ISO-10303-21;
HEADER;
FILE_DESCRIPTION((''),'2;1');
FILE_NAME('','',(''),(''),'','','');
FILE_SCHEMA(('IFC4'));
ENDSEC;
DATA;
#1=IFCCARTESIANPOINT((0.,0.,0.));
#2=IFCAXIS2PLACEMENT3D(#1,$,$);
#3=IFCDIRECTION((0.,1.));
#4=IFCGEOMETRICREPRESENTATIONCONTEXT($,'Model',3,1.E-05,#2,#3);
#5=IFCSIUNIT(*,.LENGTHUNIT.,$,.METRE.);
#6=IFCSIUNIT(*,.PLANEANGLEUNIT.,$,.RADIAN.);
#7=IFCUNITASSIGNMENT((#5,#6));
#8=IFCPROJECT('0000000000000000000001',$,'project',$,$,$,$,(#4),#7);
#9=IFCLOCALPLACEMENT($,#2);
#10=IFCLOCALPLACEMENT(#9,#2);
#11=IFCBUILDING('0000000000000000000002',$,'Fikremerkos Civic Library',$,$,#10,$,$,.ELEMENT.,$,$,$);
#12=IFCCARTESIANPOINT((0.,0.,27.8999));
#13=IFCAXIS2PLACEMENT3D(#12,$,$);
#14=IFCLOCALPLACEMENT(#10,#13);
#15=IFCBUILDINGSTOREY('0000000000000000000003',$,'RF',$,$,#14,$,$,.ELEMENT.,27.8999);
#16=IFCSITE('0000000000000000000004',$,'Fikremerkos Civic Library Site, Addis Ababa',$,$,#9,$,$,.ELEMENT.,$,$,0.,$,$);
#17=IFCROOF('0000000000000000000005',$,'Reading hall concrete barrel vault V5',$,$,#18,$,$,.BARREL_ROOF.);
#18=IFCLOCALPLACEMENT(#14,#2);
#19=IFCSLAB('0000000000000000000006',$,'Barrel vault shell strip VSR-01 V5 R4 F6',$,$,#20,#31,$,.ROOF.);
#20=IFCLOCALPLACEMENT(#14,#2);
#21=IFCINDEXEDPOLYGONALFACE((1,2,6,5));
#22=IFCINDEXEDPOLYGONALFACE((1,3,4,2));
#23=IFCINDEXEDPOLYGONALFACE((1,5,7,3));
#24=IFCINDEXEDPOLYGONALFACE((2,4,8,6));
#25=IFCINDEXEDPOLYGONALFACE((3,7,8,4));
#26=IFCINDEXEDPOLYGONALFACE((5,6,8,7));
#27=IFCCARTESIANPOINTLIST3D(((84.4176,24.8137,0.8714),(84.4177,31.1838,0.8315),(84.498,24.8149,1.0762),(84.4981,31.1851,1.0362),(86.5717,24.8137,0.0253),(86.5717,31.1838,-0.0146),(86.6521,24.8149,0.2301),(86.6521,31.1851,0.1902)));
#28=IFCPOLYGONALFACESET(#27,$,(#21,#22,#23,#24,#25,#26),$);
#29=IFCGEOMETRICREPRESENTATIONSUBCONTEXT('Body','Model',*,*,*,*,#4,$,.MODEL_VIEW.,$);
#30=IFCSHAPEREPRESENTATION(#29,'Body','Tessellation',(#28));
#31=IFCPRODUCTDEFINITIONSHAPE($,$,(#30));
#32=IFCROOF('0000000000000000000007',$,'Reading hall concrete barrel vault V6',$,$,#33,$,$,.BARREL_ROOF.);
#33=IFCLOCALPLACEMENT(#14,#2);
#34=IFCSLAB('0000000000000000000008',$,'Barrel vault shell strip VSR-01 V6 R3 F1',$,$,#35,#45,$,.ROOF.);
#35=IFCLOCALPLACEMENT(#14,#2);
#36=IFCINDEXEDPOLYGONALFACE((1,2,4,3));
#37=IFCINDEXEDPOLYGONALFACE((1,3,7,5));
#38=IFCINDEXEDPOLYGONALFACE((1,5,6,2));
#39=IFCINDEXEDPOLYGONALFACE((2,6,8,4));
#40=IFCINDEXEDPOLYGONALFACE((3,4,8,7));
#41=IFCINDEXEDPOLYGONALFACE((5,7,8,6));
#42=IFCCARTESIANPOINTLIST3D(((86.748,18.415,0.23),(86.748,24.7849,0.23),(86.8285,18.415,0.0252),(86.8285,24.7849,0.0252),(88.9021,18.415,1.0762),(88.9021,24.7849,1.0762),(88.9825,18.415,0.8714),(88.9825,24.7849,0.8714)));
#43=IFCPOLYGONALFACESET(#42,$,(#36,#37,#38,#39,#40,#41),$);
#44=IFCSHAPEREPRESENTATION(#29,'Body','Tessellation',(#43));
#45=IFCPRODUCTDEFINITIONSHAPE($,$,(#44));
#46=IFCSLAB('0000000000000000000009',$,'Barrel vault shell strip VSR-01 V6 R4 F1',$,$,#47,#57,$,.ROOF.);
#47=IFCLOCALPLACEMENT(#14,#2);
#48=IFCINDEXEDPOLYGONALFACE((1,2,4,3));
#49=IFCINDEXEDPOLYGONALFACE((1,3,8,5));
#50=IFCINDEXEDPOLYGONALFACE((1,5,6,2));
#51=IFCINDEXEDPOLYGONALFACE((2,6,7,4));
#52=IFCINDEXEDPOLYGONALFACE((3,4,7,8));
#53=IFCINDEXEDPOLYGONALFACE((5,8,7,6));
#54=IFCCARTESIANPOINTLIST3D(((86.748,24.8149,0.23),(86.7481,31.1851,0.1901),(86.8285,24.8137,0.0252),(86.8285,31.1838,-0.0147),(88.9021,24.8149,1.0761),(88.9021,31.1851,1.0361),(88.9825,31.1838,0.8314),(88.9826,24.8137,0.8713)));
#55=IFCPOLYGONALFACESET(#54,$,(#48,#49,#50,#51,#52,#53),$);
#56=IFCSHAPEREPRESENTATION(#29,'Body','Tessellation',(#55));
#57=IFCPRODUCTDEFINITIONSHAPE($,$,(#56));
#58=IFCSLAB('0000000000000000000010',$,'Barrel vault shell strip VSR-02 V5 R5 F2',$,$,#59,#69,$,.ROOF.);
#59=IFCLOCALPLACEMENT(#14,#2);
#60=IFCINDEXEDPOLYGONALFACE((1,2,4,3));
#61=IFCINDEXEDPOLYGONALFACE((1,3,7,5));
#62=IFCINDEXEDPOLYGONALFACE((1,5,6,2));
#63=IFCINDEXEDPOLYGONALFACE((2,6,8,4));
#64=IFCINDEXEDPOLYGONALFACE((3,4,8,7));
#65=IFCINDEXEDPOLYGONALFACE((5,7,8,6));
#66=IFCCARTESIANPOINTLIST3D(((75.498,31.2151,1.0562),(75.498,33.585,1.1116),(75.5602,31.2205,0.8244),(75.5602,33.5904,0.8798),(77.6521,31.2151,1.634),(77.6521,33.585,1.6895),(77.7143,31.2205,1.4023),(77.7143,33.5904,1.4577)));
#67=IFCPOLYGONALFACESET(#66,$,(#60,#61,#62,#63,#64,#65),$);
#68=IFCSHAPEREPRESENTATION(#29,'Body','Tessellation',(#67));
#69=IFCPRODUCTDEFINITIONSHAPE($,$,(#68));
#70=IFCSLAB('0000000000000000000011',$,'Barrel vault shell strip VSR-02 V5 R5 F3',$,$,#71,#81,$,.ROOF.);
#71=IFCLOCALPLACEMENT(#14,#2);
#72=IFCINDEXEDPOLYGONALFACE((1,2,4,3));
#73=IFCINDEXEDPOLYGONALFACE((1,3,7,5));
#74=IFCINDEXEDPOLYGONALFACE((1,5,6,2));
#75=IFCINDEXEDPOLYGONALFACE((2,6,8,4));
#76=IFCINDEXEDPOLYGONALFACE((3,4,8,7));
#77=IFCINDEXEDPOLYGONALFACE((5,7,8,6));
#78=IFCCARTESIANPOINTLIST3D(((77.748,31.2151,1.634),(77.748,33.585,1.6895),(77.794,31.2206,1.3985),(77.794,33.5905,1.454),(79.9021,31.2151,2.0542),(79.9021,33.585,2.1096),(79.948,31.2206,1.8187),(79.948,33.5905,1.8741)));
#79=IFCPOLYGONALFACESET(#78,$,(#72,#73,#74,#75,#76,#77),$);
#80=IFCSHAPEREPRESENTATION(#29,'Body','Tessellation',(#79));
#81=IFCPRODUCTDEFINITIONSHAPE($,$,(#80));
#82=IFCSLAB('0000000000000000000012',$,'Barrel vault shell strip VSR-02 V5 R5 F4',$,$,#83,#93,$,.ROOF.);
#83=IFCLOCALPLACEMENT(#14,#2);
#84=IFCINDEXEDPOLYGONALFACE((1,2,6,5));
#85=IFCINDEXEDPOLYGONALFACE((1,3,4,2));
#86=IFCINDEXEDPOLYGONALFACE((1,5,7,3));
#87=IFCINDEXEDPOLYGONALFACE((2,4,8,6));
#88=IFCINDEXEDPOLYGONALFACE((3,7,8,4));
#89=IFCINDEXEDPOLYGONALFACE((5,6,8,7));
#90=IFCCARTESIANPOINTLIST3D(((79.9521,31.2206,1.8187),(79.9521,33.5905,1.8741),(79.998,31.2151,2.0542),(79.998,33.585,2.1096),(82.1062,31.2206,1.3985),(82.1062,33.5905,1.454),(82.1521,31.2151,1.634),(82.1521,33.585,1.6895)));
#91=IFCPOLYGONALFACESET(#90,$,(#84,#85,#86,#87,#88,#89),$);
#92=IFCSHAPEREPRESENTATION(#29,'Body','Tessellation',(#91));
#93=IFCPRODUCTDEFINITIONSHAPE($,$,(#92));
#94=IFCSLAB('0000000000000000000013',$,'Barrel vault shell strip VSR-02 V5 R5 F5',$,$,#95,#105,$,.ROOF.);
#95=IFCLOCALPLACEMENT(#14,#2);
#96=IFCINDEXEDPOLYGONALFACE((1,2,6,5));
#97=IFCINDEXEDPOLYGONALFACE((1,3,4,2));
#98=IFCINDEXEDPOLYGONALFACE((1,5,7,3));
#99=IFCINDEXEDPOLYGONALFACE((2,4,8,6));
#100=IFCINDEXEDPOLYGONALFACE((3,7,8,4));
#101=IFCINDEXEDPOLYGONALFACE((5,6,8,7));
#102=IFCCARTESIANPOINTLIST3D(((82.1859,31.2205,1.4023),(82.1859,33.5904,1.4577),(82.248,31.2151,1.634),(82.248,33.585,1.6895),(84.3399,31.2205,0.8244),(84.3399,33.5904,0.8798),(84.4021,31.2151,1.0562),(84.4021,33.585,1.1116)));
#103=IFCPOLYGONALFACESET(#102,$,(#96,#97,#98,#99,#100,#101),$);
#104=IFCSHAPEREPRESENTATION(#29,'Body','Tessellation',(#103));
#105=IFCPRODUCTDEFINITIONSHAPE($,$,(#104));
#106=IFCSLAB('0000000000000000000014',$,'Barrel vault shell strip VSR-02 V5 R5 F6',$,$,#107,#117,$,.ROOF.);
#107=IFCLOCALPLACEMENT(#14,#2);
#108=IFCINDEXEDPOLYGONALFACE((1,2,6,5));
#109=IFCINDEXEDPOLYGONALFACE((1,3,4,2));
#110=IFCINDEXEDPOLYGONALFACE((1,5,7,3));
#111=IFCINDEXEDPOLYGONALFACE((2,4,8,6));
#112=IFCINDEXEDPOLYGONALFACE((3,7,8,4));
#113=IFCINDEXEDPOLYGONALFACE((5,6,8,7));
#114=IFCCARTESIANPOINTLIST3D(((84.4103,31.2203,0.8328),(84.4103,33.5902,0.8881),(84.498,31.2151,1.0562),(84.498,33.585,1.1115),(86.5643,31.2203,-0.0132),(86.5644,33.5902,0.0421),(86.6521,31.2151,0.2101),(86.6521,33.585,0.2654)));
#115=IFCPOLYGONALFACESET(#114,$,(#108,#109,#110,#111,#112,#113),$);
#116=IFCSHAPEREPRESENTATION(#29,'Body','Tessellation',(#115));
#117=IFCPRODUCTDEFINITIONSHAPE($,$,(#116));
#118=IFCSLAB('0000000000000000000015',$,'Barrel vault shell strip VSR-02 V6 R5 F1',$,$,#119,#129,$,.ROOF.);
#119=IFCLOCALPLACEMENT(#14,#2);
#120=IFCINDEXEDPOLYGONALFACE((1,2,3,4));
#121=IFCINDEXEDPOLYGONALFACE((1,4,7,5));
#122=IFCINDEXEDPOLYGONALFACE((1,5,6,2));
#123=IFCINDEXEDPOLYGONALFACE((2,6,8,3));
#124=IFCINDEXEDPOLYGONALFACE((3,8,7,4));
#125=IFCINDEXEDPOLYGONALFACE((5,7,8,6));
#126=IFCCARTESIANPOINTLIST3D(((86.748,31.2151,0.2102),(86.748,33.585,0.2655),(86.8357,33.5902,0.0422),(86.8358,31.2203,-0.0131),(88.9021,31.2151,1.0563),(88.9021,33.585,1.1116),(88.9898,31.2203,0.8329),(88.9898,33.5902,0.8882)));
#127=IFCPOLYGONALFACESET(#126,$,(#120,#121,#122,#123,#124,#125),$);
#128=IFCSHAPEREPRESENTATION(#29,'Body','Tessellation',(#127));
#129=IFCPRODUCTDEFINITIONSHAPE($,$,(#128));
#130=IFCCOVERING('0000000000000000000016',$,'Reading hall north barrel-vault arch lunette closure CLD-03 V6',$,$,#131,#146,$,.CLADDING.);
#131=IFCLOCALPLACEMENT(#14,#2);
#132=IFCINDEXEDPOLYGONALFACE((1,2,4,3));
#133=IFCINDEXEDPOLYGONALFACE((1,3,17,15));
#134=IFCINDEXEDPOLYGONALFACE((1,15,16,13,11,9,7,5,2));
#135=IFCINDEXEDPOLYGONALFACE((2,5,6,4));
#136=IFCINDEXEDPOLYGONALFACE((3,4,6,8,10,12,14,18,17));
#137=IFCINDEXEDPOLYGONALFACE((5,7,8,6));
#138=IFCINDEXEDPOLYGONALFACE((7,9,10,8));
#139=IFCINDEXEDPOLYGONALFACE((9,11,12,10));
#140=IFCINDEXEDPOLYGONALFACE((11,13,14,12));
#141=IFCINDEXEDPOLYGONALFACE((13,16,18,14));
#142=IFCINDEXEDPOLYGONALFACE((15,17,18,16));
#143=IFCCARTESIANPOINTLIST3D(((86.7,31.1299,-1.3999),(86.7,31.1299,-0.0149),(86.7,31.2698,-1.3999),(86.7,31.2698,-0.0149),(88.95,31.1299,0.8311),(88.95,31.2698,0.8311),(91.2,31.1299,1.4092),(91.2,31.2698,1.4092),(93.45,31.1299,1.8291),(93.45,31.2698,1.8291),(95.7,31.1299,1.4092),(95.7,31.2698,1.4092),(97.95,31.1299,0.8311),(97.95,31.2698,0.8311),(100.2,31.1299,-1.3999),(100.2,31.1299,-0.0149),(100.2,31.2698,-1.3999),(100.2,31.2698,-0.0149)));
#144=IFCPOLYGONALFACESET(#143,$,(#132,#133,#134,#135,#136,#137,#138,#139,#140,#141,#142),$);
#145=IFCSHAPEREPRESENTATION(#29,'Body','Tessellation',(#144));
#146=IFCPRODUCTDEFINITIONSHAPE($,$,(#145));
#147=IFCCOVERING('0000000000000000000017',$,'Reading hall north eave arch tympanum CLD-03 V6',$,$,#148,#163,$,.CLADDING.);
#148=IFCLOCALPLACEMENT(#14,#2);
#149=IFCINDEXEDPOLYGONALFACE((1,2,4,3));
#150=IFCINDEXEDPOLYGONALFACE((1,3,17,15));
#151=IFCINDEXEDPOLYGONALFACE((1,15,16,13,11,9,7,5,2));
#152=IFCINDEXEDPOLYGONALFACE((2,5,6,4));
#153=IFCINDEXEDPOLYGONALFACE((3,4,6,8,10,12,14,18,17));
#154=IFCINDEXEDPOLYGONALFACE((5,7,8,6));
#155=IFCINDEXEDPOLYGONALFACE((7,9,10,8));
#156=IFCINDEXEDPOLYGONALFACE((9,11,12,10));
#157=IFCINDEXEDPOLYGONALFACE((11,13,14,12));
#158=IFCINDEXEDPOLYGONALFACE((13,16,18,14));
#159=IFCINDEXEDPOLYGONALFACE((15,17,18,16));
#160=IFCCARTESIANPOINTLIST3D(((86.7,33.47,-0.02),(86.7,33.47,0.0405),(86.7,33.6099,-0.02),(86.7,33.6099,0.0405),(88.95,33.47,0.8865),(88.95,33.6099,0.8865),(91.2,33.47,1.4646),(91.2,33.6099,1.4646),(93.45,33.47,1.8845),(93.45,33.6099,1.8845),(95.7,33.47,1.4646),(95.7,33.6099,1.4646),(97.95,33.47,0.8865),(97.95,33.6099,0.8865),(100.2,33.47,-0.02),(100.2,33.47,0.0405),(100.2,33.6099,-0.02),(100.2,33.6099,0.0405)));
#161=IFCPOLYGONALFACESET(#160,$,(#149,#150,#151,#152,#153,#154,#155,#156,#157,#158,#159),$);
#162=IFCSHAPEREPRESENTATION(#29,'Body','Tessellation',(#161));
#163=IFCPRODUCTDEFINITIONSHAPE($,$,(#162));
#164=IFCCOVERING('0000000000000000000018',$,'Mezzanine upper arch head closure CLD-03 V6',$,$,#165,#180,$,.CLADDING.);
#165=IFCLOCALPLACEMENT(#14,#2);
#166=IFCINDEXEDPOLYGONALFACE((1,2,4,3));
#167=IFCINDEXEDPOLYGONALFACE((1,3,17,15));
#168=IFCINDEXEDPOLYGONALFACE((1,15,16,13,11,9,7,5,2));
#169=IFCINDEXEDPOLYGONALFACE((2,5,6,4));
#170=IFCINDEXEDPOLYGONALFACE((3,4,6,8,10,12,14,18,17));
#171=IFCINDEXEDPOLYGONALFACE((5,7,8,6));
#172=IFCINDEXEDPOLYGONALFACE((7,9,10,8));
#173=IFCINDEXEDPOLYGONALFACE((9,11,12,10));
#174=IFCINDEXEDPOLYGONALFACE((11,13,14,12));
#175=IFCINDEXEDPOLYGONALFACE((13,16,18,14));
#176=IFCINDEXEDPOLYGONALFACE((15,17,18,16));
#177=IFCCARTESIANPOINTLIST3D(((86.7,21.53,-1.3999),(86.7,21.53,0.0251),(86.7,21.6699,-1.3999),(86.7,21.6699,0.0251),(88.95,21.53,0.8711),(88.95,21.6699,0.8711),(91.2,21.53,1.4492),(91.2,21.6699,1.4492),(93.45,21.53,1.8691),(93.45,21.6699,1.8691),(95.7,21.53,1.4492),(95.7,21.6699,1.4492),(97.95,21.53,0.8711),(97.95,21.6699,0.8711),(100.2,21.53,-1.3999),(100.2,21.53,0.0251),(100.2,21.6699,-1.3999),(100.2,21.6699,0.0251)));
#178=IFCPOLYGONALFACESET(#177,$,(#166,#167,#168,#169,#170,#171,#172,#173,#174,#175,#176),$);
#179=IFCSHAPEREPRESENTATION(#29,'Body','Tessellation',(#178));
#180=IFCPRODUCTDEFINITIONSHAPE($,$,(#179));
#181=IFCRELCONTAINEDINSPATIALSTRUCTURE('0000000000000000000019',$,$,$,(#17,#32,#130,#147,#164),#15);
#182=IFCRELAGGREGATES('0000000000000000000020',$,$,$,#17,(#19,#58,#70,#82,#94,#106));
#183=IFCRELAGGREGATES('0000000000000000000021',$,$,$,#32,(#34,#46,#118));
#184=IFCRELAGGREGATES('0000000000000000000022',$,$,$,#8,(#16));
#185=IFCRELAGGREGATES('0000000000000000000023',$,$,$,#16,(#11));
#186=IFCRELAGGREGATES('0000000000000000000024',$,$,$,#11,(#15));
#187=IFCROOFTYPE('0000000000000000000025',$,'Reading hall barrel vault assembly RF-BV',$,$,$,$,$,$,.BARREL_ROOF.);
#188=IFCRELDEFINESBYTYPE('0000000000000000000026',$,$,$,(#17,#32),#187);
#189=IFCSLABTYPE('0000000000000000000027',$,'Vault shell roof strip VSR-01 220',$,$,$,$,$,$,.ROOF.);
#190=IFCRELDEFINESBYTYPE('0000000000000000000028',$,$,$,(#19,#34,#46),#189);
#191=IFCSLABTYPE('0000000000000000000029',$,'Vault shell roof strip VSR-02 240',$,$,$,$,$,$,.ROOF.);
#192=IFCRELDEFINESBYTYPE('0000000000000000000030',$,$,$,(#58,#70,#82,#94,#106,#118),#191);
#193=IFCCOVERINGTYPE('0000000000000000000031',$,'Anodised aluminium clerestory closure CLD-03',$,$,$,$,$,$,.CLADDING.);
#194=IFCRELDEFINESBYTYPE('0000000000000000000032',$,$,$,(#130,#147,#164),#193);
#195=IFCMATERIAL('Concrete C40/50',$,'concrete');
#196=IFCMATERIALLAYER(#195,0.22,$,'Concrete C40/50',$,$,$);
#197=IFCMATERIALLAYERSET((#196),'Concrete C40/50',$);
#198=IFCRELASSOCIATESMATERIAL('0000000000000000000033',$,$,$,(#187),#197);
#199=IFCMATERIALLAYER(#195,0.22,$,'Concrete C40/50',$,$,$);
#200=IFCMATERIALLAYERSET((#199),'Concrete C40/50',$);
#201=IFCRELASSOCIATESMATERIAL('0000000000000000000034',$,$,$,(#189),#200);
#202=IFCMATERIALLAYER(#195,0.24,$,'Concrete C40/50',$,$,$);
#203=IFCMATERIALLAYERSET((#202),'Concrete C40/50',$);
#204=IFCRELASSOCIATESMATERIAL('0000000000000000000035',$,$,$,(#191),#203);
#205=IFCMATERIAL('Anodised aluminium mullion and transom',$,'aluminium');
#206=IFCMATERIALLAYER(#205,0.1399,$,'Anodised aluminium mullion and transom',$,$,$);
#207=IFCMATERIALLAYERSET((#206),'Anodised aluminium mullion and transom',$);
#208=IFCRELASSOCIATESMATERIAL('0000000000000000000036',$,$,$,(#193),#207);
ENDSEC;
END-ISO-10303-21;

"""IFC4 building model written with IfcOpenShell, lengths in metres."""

from ifc_helpers import new_model, si_unit, direction, frame, origin, place, context, subcontext, project, spatial, polyline, outline, extrude, material, layer, layer_set, type_object, element, aggregate, save


model = new_model("IFC4")

# Units and contexts
model_context = context("Model", 3, precision=1e-05, world=origin(), true_north=direction((0.0, 1.0)))
body_context = subcontext(model_context, "Body", "Model", "MODEL_VIEW")
ifc_project = project(units=[si_unit("LENGTHUNIT", "METRE"), si_unit("PLANEANGLEUNIT", "RADIAN")], contexts=[model_context])

# Site, building, storey
site_placement = place(None, origin())
site = spatial("IfcSite", under=ifc_project, at=site_placement, Name="Fikremerkos Civic Library Site, Addis Ababa", CompositionType="ELEMENT", RefElevation=0.0)
building_placement = place(site_placement, origin())
building = spatial("IfcBuilding", under=site, at=building_placement, Name="Fikremerkos Civic Library", CompositionType="ELEMENT")
storey_placement = place(building_placement, frame((0.0, 0.0, 27.8999)))
storey = spatial("IfcBuildingStorey", under=building, at=storey_placement, Name="RF", CompositionType="ELEMENT", Elevation=27.8999)

# Roofs, slabs
ifc_material_1 = material(Name="Concrete C40/50", Category="concrete")
ifc_layer_1 = layer(ifc_material_1, 0.22, Name="Concrete C40/50")
ifc_layer_set_1 = layer_set([ifc_layer_1], Name="Concrete C40/50")
roof_type = type_object("IfcRoofType", Name="Reading hall barrel vault assembly RF-BV", PredefinedType="BARREL_ROOF", material=ifc_layer_set_1)
roof_1_placement = place(storey_placement, origin())
roof_1 = element("IfcRoof", 1, at=roof_1_placement, inside=storey, type_object=roof_type, Name="Reading hall concrete barrel vault V5", PredefinedType="BARREL_ROOF")
ifc_layer_2 = layer(ifc_material_1, 0.22, Name="Concrete C40/50")
ifc_layer_set_2 = layer_set([ifc_layer_2], Name="Concrete C40/50")
slab_type_1 = type_object("IfcSlabType", Name="Vault shell roof strip VSR-01 220", PredefinedType="ROOF", material=ifc_layer_set_2)
slab_1_placement = place(storey_placement, frame((84.498, 24.8149, 1.0762), z_axis=(0.365584, 0.005832, 0.93076), x_axis=(0.930776, 0.0, -0.36559)))
slab_1 = element("IfcSlab", 2, at=slab_1_placement, type_object=slab_type_1, Name="Barrel vault shell strip VSR-01 V5 R4 F6", PredefinedType="ROOF", context=body_context, shape_type="SweptSolid", body=[
    extrude(outline(polyline([(0.0, 0.0), (2.3143, 0.0), (2.3289, 6.3702), (0.0146, 6.3702), (0.0, 0.0)])), origin(), (0.0, 0.0, -1.0), 0.22),
])
roof_2_placement = place(storey_placement, origin())
roof_2 = element("IfcRoof", 3, at=roof_2_placement, inside=storey, type_object=roof_type, Name="Reading hall concrete barrel vault V6", PredefinedType="BARREL_ROOF")
slab_2_placement = place(storey_placement, frame((86.748, 18.415, 0.23), z_axis=(-0.365636, 0.0, 0.930758), x_axis=(0.930758, 0.0, 0.365636)))
slab_2 = element("IfcSlab", 4, at=slab_2_placement, type_object=slab_type_1, Name="Barrel vault shell strip VSR-01 V6 R3 F1", PredefinedType="ROOF", context=body_context, shape_type="SweptSolid", body=[
    extrude(outline(polyline([(0.0, 0.0), (2.3143, 0.0), (2.3143, 6.3699), (0.0, 6.3699), (0.0, 0.0)])), origin(), (0.0, 0.0, -1.0), 0.22),
])
slab_3_placement = place(storey_placement, frame((86.748, 24.8149, 0.23), z_axis=(-0.365584, 0.005832, 0.93076), x_axis=(0.930776, 0.0, 0.36559)))
slab_3 = element("IfcSlab", 5, at=slab_3_placement, type_object=slab_type_1, Name="Barrel vault shell strip VSR-01 V6 R4 F1", PredefinedType="ROOF", context=body_context, shape_type="SweptSolid", body=[
    extrude(outline(polyline([(0.0, 0.0), (2.3143, 0.0), (2.2997, 6.3702), (-0.0146, 6.3702), (0.0, 0.0)])), origin(), (0.0, 0.0, -1.0), 0.22),
])

# Slabs
ifc_layer_3 = layer(ifc_material_1, 0.24, Name="Concrete C40/50")
ifc_layer_set_3 = layer_set([ifc_layer_3], Name="Concrete C40/50")
slab_type_2 = type_object("IfcSlabType", Name="Vault shell roof strip VSR-02 240", PredefinedType="ROOF", material=ifc_layer_set_3)
slab_4_placement = place(storey_placement, frame((75.498, 31.2151, 1.0562), z_axis=(-0.259048, -0.022581, 0.965601), x_axis=(0.965847, 0.0, 0.259114)))
slab_4 = element("IfcSlab", 6, at=slab_4_placement, type_object=slab_type_2, Name="Barrel vault shell strip VSR-02 V5 R5 F2", PredefinedType="ROOF", context=body_context, shape_type="SweptSolid", body=[
    extrude(outline(polyline([(0.0, 0.0), (2.2302, 0.0), (2.2446, 2.3705), (0.0144, 2.3705), (0.0, 0.0)])), origin(), (0.0, 0.0, -1.0), 0.24),
])
slab_5_placement = place(storey_placement, frame((77.748, 31.2151, 1.634), z_axis=(-0.1914, -0.022947, 0.981244), x_axis=(0.981502, 0.0, 0.19145)))
slab_5 = element("IfcSlab", 7, at=slab_5_placement, type_object=slab_type_2, Name="Barrel vault shell strip VSR-02 V5 R5 F3", PredefinedType="ROOF", context=body_context, shape_type="SweptSolid", body=[
    extrude(outline(polyline([(0.0, 0.0), (2.1946, 0.0), (2.2053, 2.3705), (0.0106, 2.3705), (0.0, 0.0)])), origin(), (0.0, 0.0, -1.0), 0.24),
])
slab_6_placement = place(storey_placement, frame((79.998, 31.2151, 2.0542), z_axis=(0.1914, -0.022947, 0.981244), x_axis=(0.981502, 0.0, -0.19145)))
slab_6 = element("IfcSlab", 8, at=slab_6_placement, type_object=slab_type_2, Name="Barrel vault shell strip VSR-02 V5 R5 F4", PredefinedType="ROOF", context=body_context, shape_type="SweptSolid", body=[
    extrude(outline(polyline([(0.0, 0.0), (2.1946, 0.0), (2.184, 2.3705), (-0.0106, 2.3705), (0.0, 0.0)])), origin(), (0.0, 0.0, -1.0), 0.24),
])
slab_7_placement = place(storey_placement, frame((82.248, 31.2151, 1.634), z_axis=(0.259048, -0.022581, 0.965601), x_axis=(0.965847, 0.0, -0.259114)))
slab_7 = element("IfcSlab", 9, at=slab_7_placement, type_object=slab_type_2, Name="Barrel vault shell strip VSR-02 V5 R5 F5", PredefinedType="ROOF", context=body_context, shape_type="SweptSolid", body=[
    extrude(outline(polyline([(0.0, 0.0), (2.2302, 0.0), (2.2159, 2.3705), (-0.0144, 2.3705), (0.0, 0.0)])), origin(), (0.0, 0.0, -1.0), 0.24),
])
slab_8_placement = place(storey_placement, frame((84.498, 31.2151, 1.0562), z_axis=(0.365504, -0.021713, 0.930556), x_axis=(0.930776, 0.000001, -0.36559)))
slab_8 = element("IfcSlab", 10, at=slab_8_placement, type_object=slab_type_2, Name="Barrel vault shell strip VSR-02 V5 R5 F6", PredefinedType="ROOF", context=body_context, shape_type="SweptSolid", body=[
    extrude(outline(polyline([(0.0, 0.0), (2.3142, 0.0), (2.294, 2.3704), (-0.0203, 2.3704), (0.0, 0.0)])), origin(), (0.0, 0.0, -1.0), 0.24),
])
aggregate(roof_1, [slab_1, slab_4, slab_5, slab_6, slab_7, slab_8])
slab_9_placement = place(storey_placement, frame((86.748, 31.2151, 0.2102), z_axis=(-0.365504, -0.021713, 0.930556), x_axis=(0.930776, -0.000001, 0.36559)))
slab_9 = element("IfcSlab", 11, at=slab_9_placement, type_object=slab_type_2, Name="Barrel vault shell strip VSR-02 V6 R5 F1", PredefinedType="ROOF", context=body_context, shape_type="SweptSolid", body=[
    extrude(outline(polyline([(0.0, 0.0), (2.3142, 0.0), (2.3345, 2.3704), (0.0202, 2.3704), (0.0, 0.0)])), origin(), (0.0, 0.0, -1.0), 0.24),
])
aggregate(roof_2, [slab_2, slab_3, slab_9])

# Coverings
ifc_material_2 = material(Name="Anodised aluminium mullion and transom", Category="aluminium")
ifc_layer_4 = layer(ifc_material_2, 0.1399, Name="Anodised aluminium mullion and transom")
ifc_layer_set_4 = layer_set([ifc_layer_4], Name="Anodised aluminium mullion and transom")
covering_type = type_object("IfcCoveringType", Name="Anodised aluminium clerestory closure CLD-03", PredefinedType="CLADDING", material=ifc_layer_set_4)
covering_1_placement = place(storey_placement, frame((86.7, 31.2, -1.3999), z_axis=(0.0, 0.0, 1.0), x_axis=(1.0, 0.0, 0.0)))
element("IfcCovering", 12, at=covering_1_placement, inside=storey, type_object=covering_type, Name="Reading hall north barrel-vault arch lunette closure CLD-03 V6", PredefinedType="CLADDING", context=body_context, shape_type="SweptSolid", body=[
    extrude(outline(polyline([(0.0, 0.0), (13.5, 0.0), (13.5, 1.385), (11.25, 2.231), (9.0, 2.8091), (6.75, 3.229), (4.5, 2.8091), (2.25, 2.231), (0.0, 1.385), (0.0, 0.0)])), frame((0.0, 0.0698, 0.0), z_axis=(0.0, -1.0, 0.0), x_axis=(1.0, 0.0, 0.0)), (0.0, 0.0, 1.0), 0.1399),
])
covering_2_placement = place(storey_placement, frame((86.7, 33.54, -0.02), z_axis=(0.0, 0.0, 1.0), x_axis=(1.0, 0.0, 0.0)))
element("IfcCovering", 13, at=covering_2_placement, inside=storey, type_object=covering_type, Name="Reading hall north eave arch tympanum CLD-03 V6", PredefinedType="CLADDING", context=body_context, shape_type="SweptSolid", body=[
    extrude(outline(polyline([(0.0, 0.0), (13.5, 0.0), (13.5, 0.0605), (11.25, 0.9065), (9.0, 1.4846), (6.75, 1.9045), (4.5, 1.4846), (2.25, 0.9065), (0.0, 0.0605), (0.0, 0.0)])), frame((0.0, 0.0698, 0.0), z_axis=(0.0, -1.0, 0.0), x_axis=(1.0, 0.0, 0.0)), (0.0, 0.0, 1.0), 0.1399),
])
covering_3_placement = place(storey_placement, frame((86.7, 21.6001, -1.3999), z_axis=(0.0, 0.0, 1.0), x_axis=(1.0, 0.0, 0.0)))
element("IfcCovering", 14, at=covering_3_placement, inside=storey, type_object=covering_type, Name="Mezzanine upper arch head closure CLD-03 V6", PredefinedType="CLADDING", context=body_context, shape_type="SweptSolid", body=[
    extrude(outline(polyline([(0.0, 0.0), (13.5, 0.0), (13.5, 1.425), (11.25, 2.271), (9.0, 2.8491), (6.75, 3.269), (4.5, 2.8491), (2.25, 2.271), (0.0, 1.425), (0.0, 0.0)])), frame((0.0, 0.0698, 0.0), z_axis=(0.0, -1.0, 0.0), x_axis=(1.0, 0.0, 0.0)), (0.0, 0.0, 1.0), 0.1399),
])

save(model, "model.ifc")
